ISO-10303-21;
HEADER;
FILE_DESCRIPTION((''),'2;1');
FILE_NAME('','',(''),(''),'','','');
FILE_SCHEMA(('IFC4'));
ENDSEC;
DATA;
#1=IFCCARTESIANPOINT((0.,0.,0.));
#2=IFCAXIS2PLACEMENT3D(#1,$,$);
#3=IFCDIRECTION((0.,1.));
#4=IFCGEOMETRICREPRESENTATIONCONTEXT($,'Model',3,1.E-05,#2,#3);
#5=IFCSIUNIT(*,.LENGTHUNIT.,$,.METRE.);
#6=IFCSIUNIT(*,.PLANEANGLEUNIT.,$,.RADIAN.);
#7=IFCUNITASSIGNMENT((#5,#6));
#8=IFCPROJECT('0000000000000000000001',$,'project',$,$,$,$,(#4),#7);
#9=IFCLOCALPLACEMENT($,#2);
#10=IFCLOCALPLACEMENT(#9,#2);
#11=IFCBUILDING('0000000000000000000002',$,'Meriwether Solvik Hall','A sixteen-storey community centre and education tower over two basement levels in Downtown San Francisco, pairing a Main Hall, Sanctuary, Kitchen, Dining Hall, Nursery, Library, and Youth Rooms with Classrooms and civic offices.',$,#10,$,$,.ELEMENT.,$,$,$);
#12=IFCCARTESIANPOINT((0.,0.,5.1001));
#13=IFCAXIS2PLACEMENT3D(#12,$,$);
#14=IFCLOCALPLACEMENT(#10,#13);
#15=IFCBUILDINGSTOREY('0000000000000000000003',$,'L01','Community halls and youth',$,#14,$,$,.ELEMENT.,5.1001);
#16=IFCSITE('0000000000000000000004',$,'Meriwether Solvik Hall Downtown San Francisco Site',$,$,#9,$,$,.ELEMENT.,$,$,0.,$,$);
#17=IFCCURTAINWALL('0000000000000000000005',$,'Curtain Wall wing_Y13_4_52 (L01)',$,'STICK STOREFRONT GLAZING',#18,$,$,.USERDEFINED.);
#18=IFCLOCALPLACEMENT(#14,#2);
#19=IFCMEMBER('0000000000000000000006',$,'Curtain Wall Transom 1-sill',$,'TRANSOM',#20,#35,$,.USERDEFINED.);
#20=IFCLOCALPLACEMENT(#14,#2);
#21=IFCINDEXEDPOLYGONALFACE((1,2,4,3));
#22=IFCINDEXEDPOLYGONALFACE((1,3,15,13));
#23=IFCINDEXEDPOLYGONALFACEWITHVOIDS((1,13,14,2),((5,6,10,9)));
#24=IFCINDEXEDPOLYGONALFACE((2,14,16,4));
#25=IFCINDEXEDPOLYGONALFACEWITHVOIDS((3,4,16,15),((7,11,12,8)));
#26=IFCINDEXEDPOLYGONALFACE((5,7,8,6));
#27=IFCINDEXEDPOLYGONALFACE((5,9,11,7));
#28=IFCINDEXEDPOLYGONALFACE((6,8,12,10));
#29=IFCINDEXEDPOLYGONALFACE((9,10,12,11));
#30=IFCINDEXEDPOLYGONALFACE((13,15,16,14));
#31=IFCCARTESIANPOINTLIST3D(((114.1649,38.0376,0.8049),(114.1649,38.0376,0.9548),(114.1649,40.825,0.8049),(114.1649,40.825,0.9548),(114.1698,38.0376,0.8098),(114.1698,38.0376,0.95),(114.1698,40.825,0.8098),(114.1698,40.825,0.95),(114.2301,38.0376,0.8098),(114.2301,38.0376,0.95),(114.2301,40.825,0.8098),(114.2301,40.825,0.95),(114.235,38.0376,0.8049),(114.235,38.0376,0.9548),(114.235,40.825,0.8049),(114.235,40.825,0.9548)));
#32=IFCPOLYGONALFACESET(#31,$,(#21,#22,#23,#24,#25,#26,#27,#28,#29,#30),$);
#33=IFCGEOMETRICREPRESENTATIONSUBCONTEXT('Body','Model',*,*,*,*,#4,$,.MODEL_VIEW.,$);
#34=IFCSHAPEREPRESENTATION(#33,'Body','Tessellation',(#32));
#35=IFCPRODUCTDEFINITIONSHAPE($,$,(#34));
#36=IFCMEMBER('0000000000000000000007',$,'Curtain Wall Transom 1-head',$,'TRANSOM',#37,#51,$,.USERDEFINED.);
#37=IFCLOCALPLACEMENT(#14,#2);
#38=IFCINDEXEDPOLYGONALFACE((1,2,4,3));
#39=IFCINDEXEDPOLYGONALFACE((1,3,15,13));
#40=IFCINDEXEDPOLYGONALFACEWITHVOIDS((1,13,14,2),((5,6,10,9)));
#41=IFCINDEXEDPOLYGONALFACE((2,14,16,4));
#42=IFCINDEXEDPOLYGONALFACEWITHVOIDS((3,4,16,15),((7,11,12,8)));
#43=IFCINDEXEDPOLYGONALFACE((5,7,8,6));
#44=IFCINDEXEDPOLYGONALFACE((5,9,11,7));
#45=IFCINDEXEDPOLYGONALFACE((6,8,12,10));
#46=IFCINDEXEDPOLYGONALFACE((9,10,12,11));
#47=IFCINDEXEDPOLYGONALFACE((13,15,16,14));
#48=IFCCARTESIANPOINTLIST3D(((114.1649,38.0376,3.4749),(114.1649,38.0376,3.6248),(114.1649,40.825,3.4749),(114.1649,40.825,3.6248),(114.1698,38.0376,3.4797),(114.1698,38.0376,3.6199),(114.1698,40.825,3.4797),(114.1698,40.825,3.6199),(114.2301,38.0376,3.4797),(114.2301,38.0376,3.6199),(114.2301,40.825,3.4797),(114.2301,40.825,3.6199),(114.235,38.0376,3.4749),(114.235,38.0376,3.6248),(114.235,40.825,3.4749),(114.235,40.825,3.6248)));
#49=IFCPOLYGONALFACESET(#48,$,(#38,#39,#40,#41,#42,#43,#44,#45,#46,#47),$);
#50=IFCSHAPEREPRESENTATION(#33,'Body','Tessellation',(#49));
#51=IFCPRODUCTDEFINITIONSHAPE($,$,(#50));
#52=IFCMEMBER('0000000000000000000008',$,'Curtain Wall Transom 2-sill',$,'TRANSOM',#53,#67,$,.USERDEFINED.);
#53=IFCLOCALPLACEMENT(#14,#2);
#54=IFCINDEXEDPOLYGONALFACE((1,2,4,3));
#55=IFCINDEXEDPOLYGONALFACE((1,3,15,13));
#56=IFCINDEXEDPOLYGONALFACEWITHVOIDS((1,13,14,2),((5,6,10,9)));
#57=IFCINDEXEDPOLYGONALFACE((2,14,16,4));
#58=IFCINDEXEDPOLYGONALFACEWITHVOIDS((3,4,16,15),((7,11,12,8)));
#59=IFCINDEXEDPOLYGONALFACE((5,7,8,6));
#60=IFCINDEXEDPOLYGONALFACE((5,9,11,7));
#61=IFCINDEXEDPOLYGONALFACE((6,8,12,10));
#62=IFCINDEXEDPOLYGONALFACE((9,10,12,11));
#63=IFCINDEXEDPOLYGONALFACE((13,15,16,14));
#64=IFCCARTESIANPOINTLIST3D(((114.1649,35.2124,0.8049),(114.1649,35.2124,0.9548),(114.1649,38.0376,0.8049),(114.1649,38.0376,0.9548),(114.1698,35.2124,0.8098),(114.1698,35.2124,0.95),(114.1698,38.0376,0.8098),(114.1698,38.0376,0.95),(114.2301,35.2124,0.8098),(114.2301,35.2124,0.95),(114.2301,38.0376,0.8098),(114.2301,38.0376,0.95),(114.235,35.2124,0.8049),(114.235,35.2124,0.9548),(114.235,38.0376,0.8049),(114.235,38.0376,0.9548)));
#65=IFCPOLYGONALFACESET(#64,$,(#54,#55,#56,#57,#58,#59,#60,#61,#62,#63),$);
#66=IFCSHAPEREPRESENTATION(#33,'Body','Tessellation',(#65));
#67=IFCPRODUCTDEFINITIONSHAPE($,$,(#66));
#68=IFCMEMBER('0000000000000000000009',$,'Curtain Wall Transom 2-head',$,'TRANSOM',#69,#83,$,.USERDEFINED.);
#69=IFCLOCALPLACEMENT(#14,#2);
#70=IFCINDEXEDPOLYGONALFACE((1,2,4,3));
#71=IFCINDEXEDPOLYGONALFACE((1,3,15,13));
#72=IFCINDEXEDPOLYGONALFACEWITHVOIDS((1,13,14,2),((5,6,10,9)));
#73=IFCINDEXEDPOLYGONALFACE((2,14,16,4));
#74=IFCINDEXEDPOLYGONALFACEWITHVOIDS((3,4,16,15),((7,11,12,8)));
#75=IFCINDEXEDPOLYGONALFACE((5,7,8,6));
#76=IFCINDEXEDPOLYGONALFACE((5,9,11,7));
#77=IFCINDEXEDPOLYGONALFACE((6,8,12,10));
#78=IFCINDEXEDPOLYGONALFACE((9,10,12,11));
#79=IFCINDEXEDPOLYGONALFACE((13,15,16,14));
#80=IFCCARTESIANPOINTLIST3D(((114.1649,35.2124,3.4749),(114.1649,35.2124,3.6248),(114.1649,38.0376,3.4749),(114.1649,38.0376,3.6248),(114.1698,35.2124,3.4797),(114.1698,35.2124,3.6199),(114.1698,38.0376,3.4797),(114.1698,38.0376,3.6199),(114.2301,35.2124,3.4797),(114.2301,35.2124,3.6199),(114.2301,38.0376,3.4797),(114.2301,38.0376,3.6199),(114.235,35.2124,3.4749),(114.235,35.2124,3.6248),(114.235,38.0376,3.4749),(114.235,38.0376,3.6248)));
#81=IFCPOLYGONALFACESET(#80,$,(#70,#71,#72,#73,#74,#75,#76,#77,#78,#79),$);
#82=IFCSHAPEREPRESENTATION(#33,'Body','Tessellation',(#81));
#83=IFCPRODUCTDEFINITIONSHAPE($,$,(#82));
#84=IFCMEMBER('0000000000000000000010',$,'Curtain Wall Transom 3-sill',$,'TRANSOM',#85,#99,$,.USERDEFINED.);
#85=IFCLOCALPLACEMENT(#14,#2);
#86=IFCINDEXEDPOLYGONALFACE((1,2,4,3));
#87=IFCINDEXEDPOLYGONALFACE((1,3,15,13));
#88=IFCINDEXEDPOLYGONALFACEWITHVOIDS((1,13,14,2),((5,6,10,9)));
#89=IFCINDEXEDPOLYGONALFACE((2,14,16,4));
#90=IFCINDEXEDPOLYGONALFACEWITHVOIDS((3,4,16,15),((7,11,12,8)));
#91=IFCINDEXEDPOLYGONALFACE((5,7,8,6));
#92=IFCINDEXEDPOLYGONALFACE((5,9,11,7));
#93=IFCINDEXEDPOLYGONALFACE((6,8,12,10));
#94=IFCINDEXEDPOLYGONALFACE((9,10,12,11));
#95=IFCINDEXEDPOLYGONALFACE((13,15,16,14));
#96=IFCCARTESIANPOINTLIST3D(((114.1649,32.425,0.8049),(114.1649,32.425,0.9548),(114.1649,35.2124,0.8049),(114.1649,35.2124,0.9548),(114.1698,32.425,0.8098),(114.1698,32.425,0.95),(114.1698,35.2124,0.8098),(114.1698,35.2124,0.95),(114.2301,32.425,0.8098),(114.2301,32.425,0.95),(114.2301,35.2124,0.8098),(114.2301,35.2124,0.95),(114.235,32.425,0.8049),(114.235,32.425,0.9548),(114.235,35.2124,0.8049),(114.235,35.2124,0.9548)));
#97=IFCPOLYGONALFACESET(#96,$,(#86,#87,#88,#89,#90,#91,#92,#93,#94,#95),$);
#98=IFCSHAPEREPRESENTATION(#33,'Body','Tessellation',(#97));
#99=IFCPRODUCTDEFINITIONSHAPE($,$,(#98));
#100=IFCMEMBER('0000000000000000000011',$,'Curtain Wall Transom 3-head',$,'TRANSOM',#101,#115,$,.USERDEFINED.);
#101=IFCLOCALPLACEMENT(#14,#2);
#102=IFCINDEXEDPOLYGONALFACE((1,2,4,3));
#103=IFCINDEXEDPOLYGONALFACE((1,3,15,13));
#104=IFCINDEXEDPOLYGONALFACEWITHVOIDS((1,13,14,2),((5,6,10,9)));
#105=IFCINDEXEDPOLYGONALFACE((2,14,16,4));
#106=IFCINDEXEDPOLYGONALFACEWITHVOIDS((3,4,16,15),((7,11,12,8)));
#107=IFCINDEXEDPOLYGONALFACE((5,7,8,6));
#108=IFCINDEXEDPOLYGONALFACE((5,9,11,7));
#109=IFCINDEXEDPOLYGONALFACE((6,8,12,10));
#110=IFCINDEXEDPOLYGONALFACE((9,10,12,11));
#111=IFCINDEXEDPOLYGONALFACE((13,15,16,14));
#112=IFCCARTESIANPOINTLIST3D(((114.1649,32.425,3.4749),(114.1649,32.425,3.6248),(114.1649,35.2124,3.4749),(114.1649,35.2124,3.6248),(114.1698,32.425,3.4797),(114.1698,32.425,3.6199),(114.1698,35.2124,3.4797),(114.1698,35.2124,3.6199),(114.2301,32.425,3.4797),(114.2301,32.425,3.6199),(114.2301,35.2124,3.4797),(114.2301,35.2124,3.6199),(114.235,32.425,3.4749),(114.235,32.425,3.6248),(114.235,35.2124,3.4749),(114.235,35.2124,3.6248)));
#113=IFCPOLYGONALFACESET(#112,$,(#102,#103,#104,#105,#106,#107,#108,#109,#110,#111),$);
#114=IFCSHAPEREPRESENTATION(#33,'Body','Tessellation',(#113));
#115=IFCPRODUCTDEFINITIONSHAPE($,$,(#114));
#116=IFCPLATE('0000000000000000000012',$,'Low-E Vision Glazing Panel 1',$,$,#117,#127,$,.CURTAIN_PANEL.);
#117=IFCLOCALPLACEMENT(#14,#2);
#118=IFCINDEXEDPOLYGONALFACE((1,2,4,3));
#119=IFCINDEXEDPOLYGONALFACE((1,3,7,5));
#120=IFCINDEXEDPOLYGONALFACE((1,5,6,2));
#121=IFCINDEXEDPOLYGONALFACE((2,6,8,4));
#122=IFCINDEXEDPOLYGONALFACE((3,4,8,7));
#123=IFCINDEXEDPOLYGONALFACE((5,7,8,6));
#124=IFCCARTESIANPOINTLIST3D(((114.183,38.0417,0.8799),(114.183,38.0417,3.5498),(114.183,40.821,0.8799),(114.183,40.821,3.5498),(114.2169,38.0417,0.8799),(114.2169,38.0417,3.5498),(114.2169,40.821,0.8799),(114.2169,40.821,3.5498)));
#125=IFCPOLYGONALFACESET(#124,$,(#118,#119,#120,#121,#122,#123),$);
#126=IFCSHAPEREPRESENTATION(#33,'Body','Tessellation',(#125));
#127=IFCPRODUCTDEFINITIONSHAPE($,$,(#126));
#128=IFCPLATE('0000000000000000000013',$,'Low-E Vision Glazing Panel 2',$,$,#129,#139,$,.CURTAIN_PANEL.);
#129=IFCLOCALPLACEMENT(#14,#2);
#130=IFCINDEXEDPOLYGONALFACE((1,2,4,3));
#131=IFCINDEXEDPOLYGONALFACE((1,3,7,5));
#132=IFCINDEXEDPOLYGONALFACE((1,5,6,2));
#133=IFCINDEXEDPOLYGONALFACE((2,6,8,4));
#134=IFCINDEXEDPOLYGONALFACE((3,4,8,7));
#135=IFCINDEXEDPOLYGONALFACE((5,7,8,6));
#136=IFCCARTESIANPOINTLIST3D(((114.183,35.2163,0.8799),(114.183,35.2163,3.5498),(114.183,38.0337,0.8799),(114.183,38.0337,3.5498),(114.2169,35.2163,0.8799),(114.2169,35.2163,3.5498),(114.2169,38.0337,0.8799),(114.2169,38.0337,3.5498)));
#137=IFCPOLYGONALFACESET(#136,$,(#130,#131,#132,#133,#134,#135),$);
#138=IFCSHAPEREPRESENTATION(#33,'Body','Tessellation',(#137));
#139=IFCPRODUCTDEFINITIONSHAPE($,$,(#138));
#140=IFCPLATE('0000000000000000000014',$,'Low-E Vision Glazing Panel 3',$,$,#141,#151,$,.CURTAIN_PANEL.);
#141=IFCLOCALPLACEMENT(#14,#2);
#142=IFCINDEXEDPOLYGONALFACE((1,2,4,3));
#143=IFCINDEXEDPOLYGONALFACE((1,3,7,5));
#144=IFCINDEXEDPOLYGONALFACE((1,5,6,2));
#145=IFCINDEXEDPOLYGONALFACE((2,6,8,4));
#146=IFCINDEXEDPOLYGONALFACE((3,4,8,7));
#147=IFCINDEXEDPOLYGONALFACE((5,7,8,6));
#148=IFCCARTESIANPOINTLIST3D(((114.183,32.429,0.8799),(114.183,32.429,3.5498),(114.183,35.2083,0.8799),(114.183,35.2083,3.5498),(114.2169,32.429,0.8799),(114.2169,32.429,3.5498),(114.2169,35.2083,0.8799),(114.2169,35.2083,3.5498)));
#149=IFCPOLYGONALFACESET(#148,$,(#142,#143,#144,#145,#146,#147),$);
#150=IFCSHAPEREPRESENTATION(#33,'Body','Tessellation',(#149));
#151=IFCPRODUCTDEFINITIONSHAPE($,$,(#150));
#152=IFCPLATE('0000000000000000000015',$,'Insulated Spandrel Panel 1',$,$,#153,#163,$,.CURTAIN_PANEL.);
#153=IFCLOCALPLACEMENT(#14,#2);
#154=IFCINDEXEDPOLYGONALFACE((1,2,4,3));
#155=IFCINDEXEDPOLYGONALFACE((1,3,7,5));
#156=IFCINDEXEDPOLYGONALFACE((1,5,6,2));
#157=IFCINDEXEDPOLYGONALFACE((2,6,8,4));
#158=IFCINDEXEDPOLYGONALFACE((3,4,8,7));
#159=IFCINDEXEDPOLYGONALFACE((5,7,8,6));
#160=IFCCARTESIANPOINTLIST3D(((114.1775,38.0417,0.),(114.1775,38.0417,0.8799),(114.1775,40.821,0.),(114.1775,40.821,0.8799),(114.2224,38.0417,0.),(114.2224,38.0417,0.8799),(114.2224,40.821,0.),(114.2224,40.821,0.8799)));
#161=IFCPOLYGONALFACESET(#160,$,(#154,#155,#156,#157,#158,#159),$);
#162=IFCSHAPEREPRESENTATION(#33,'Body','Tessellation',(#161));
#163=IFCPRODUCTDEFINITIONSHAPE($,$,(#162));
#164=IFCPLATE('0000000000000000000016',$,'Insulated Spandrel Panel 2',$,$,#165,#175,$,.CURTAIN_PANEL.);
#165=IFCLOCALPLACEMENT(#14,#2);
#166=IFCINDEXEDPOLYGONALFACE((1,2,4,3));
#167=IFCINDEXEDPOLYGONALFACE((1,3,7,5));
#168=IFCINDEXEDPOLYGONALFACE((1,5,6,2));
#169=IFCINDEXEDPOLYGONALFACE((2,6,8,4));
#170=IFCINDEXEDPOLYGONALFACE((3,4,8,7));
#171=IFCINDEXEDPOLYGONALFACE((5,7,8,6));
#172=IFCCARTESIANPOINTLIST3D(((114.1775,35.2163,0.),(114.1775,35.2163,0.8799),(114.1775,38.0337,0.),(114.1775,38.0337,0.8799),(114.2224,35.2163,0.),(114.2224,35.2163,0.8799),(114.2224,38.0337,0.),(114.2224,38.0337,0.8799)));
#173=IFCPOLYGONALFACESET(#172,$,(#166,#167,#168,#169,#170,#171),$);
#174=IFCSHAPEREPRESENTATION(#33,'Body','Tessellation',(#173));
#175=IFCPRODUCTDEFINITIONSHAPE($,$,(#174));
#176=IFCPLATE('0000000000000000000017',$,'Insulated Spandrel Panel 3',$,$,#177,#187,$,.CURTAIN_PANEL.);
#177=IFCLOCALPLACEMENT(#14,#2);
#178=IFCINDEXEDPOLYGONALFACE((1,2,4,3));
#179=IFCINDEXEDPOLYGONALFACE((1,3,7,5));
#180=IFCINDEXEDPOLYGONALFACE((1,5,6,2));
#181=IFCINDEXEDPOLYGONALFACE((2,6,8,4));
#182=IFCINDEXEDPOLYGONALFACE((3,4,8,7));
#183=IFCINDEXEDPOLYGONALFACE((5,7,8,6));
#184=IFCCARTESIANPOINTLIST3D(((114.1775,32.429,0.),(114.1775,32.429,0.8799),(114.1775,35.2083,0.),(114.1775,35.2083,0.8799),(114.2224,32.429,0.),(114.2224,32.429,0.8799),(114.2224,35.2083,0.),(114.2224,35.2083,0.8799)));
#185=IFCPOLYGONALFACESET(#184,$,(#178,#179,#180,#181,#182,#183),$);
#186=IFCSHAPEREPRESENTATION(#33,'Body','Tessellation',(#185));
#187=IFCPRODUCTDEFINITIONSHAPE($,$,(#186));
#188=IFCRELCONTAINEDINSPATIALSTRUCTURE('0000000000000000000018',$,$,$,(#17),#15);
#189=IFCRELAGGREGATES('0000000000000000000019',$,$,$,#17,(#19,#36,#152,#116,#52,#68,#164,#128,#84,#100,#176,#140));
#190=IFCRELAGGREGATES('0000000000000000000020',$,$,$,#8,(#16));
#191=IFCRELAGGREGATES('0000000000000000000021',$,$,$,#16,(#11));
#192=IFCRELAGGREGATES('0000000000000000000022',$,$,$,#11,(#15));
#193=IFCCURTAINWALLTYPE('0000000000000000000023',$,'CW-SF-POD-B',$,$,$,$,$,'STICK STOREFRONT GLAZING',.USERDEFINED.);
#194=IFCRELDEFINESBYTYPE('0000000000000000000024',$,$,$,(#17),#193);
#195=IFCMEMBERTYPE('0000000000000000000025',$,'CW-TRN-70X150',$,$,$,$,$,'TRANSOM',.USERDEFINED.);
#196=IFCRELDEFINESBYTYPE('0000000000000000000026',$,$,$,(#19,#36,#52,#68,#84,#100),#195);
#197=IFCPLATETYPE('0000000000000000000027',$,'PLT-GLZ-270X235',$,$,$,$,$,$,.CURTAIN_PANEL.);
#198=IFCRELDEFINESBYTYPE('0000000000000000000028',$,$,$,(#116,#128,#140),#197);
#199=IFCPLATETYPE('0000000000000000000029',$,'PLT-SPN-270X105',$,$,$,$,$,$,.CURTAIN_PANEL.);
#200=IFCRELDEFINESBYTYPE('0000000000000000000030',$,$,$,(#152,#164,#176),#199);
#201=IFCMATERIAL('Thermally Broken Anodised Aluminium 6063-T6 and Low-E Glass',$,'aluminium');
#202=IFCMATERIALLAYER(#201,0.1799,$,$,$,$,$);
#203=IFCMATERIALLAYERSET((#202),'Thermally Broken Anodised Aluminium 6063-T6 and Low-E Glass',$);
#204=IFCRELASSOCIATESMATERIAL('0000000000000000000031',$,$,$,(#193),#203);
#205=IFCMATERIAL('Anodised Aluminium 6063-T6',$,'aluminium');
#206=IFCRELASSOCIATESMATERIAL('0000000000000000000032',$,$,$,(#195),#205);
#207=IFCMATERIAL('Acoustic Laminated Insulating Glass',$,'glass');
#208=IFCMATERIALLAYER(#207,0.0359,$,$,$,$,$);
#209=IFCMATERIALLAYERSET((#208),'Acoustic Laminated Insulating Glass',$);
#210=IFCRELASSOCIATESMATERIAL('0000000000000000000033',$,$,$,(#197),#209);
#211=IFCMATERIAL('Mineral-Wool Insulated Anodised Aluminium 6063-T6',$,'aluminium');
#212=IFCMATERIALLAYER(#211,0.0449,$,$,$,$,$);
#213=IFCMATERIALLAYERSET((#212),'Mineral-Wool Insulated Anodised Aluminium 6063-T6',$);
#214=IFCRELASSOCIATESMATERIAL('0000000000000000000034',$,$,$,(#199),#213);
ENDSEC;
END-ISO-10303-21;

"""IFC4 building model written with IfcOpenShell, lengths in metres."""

from ifc_helpers import new_model, si_unit, direction, frame, origin, origin_2d, place, context, subcontext, project, spatial, rectangle, hollow_rectangle, extrude, material, layer, layer_set, material_profile, profile_set, type_object, element, aggregate, save


model = new_model("IFC4")

# Units and contexts
model_context = context("Model", 3, precision=1e-05, world=origin(), true_north=direction((0.0, 1.0)))
body_context = subcontext(model_context, "Body", "Model", "MODEL_VIEW")
ifc_project = project(units=[si_unit("LENGTHUNIT", "METRE"), si_unit("PLANEANGLEUNIT", "RADIAN")], contexts=[model_context])

# Site, building, storey
site_placement = place(None, origin())
site = spatial("IfcSite", under=ifc_project, at=site_placement, Name="Meriwether Solvik Hall Downtown San Francisco Site", CompositionType="ELEMENT", RefElevation=0.0)
building_placement = place(site_placement, origin())
building = spatial("IfcBuilding", under=site, at=building_placement, Name="Meriwether Solvik Hall", Description="A sixteen-storey community centre and education tower over two basement levels in Downtown San Francisco, pairing a Main Hall, Sanctuary, Kitchen, Dining Hall, Nursery, Library, and Youth Rooms with Classrooms and civic offices.", CompositionType="ELEMENT")
storey_placement = place(building_placement, frame((0.0, 0.0, 5.1001)))
storey = spatial("IfcBuildingStorey", under=building, at=storey_placement, Name="L01", Description="Community halls and youth", CompositionType="ELEMENT", Elevation=5.1001)

# Curtain wall, members, plates
ifc_material_1 = material(Name="Thermally Broken Anodised Aluminium 6063-T6 and Low-E Glass", Category="aluminium")
ifc_layer_1 = layer(ifc_material_1, 0.1799)
ifc_layer_set_1 = layer_set([ifc_layer_1], Name="Thermally Broken Anodised Aluminium 6063-T6 and Low-E Glass")
curtain_wall_type = type_object("IfcCurtainWallType", Name="CW-SF-POD-B", ElementType="STICK STOREFRONT GLAZING", PredefinedType="USERDEFINED", material=ifc_layer_set_1)
curtain_wall_placement = place(storey_placement, origin())
curtain_wall = element("IfcCurtainWall", 1, at=curtain_wall_placement, inside=storey, type_object=curtain_wall_type, Name="Curtain Wall wing_Y13_4_52 (L01)", ObjectType="STICK STOREFRONT GLAZING", PredefinedType="USERDEFINED")
ifc_material_2 = material(Name="Anodised Aluminium 6063-T6", Category="aluminium")
ifc_material_profile_1 = material_profile(ifc_material_2, hollow_rectangle(XDim=0.0701, YDim=0.1499, WallThickness=0.0049, at=origin_2d()), Name="CWT-70X150")
ifc_profile_set_1 = profile_set([ifc_material_profile_1], Name="Anodised Aluminium 6063-T6")
member_type_1 = type_object("IfcMemberType", Name="CW-TRN-70X150", ElementType="TRANSOM", PredefinedType="USERDEFINED", material=ifc_profile_set_1)
member_1_placement = place(storey_placement, frame((114.2, 40.825, 0.8799), z_axis=(0.0, -1.0, 0.0), x_axis=(1.0, 0.0, 0.0)))
member_1 = element("IfcMember", 2, at=member_1_placement, type_object=member_type_1, Name="Curtain Wall Transom 1-sill", ObjectType="TRANSOM", PredefinedType="USERDEFINED", context=body_context, shape_type="SweptSolid", body=[
    extrude(hollow_rectangle(XDim=0.0701, YDim=0.1499, WallThickness=0.0049, at=origin_2d()), origin(), (0.0, 0.0, 1.0), 2.7874),
])
member_2_placement = place(storey_placement, frame((114.2, 40.825, 3.5498), z_axis=(0.0, -1.0, 0.0), x_axis=(1.0, 0.0, 0.0)))
member_2 = element("IfcMember", 3, at=member_2_placement, type_object=member_type_1, Name="Curtain Wall Transom 1-head", ObjectType="TRANSOM", PredefinedType="USERDEFINED", context=body_context, shape_type="SweptSolid", body=[
    extrude(hollow_rectangle(XDim=0.0701, YDim=0.1499, WallThickness=0.0049, at=origin_2d()), origin(), (0.0, 0.0, 1.0), 2.7874),
])
member_3_placement = place(storey_placement, frame((114.2, 38.0376, 0.8799), z_axis=(0.0, -1.0, 0.0), x_axis=(1.0, 0.0, 0.0)))
member_3 = element("IfcMember", 4, at=member_3_placement, type_object=member_type_1, Name="Curtain Wall Transom 2-sill", ObjectType="TRANSOM", PredefinedType="USERDEFINED", context=body_context, shape_type="SweptSolid", body=[
    extrude(hollow_rectangle(XDim=0.0701, YDim=0.1499, WallThickness=0.0049, at=origin_2d()), origin(), (0.0, 0.0, 1.0), 2.8252),
])
member_4_placement = place(storey_placement, frame((114.2, 38.0376, 3.5498), z_axis=(0.0, -1.0, 0.0), x_axis=(1.0, 0.0, 0.0)))
member_4 = element("IfcMember", 5, at=member_4_placement, type_object=member_type_1, Name="Curtain Wall Transom 2-head", ObjectType="TRANSOM", PredefinedType="USERDEFINED", context=body_context, shape_type="SweptSolid", body=[
    extrude(hollow_rectangle(XDim=0.0701, YDim=0.1499, WallThickness=0.0049, at=origin_2d()), origin(), (0.0, 0.0, 1.0), 2.8252),
])
member_5_placement = place(storey_placement, frame((114.2, 35.2124, 0.8799), z_axis=(0.0, -1.0, 0.0), x_axis=(1.0, 0.0, 0.0)))
member_5 = element("IfcMember", 6, at=member_5_placement, type_object=member_type_1, Name="Curtain Wall Transom 3-sill", ObjectType="TRANSOM", PredefinedType="USERDEFINED", context=body_context, shape_type="SweptSolid", body=[
    extrude(hollow_rectangle(XDim=0.0701, YDim=0.1499, WallThickness=0.0049, at=origin_2d()), origin(), (0.0, 0.0, 1.0), 2.7874),
])
member_6_placement = place(storey_placement, frame((114.2, 35.2124, 3.5498), z_axis=(0.0, -1.0, 0.0), x_axis=(1.0, 0.0, 0.0)))
member_6 = element("IfcMember", 7, at=member_6_placement, type_object=member_type_1, Name="Curtain Wall Transom 3-head", ObjectType="TRANSOM", PredefinedType="USERDEFINED", context=body_context, shape_type="SweptSolid", body=[
    extrude(hollow_rectangle(XDim=0.0701, YDim=0.1499, WallThickness=0.0049, at=origin_2d()), origin(), (0.0, 0.0, 1.0), 2.7874),
])
ifc_material_3 = material(Name="Acoustic Laminated Insulating Glass", Category="glass")
ifc_layer_2 = layer(ifc_material_3, 0.0359)
ifc_layer_set_2 = layer_set([ifc_layer_2], Name="Acoustic Laminated Insulating Glass")
plate_type_1 = type_object("IfcPlateType", Name="PLT-GLZ-270X235", PredefinedType="CURTAIN_PANEL", material=ifc_layer_set_2)
plate_1_placement = place(storey_placement, frame((114.2, 39.4314, 0.8799), z_axis=(0.0, 0.0, 1.0), x_axis=(0.0, -1.0, 0.0)))
plate_1 = element("IfcPlate", 8, at=plate_1_placement, type_object=plate_type_1, Name="Low-E Vision Glazing Panel 1", PredefinedType="CURTAIN_PANEL", context=body_context, shape_type="SweptSolid", body=[
    extrude(rectangle(XDim=2.7793, YDim=0.0339, at=origin_2d()), origin(), (0.0, 0.0, 1.0), 2.6699),
])
plate_2_placement = place(storey_placement, frame((114.2, 36.625, 0.8799), z_axis=(0.0, 0.0, 1.0), x_axis=(0.0, -1.0, 0.0)))
plate_2 = element("IfcPlate", 9, at=plate_2_placement, type_object=plate_type_1, Name="Low-E Vision Glazing Panel 2", PredefinedType="CURTAIN_PANEL", context=body_context, shape_type="SweptSolid", body=[
    extrude(rectangle(XDim=2.8174, YDim=0.0339, at=origin_2d()), origin(), (0.0, 0.0, 1.0), 2.6699),
])
plate_3_placement = place(storey_placement, frame((114.2, 33.8186, 0.8799), z_axis=(0.0, 0.0, 1.0), x_axis=(0.0, -1.0, 0.0)))
plate_3 = element("IfcPlate", 10, at=plate_3_placement, type_object=plate_type_1, Name="Low-E Vision Glazing Panel 3", PredefinedType="CURTAIN_PANEL", context=body_context, shape_type="SweptSolid", body=[
    extrude(rectangle(XDim=2.7793, YDim=0.0339, at=origin_2d()), origin(), (0.0, 0.0, 1.0), 2.6699),
])
ifc_material_4 = material(Name="Mineral-Wool Insulated Anodised Aluminium 6063-T6", Category="aluminium")
ifc_layer_3 = layer(ifc_material_4, 0.0449)
ifc_layer_set_3 = layer_set([ifc_layer_3], Name="Mineral-Wool Insulated Anodised Aluminium 6063-T6")
plate_type_2 = type_object("IfcPlateType", Name="PLT-SPN-270X105", PredefinedType="CURTAIN_PANEL", material=ifc_layer_set_3)
plate_4_placement = place(storey_placement, frame((114.2, 39.4314, 0.0), z_axis=(0.0, 0.0, 1.0), x_axis=(0.0, -1.0, 0.0)))
plate_4 = element("IfcPlate", 11, at=plate_4_placement, type_object=plate_type_2, Name="Insulated Spandrel Panel 1", PredefinedType="CURTAIN_PANEL", context=body_context, shape_type="SweptSolid", body=[
    extrude(rectangle(XDim=2.7793, YDim=0.0449, at=origin_2d()), origin(), (0.0, 0.0, 1.0), 0.8799),
])
plate_5_placement = place(storey_placement, frame((114.2, 36.625, 0.0), z_axis=(0.0, 0.0, 1.0), x_axis=(0.0, -1.0, 0.0)))
plate_5 = element("IfcPlate", 12, at=plate_5_placement, type_object=plate_type_2, Name="Insulated Spandrel Panel 2", PredefinedType="CURTAIN_PANEL", context=body_context, shape_type="SweptSolid", body=[
    extrude(rectangle(XDim=2.8174, YDim=0.0449, at=origin_2d()), origin(), (0.0, 0.0, 1.0), 0.8799),
])
plate_6_placement = place(storey_placement, frame((114.2, 33.8186, 0.0), z_axis=(0.0, 0.0, 1.0), x_axis=(0.0, -1.0, 0.0)))
plate_6 = element("IfcPlate", 13, at=plate_6_placement, type_object=plate_type_2, Name="Insulated Spandrel Panel 3", PredefinedType="CURTAIN_PANEL", context=body_context, shape_type="SweptSolid", body=[
    extrude(rectangle(XDim=2.7793, YDim=0.0449, at=origin_2d()), origin(), (0.0, 0.0, 1.0), 0.8799),
])
aggregate(curtain_wall, [member_1, member_2, plate_4, plate_1, member_3, member_4, plate_5, plate_2, member_5, member_6, plate_6, plate_3])

save(model, "model.ifc")
